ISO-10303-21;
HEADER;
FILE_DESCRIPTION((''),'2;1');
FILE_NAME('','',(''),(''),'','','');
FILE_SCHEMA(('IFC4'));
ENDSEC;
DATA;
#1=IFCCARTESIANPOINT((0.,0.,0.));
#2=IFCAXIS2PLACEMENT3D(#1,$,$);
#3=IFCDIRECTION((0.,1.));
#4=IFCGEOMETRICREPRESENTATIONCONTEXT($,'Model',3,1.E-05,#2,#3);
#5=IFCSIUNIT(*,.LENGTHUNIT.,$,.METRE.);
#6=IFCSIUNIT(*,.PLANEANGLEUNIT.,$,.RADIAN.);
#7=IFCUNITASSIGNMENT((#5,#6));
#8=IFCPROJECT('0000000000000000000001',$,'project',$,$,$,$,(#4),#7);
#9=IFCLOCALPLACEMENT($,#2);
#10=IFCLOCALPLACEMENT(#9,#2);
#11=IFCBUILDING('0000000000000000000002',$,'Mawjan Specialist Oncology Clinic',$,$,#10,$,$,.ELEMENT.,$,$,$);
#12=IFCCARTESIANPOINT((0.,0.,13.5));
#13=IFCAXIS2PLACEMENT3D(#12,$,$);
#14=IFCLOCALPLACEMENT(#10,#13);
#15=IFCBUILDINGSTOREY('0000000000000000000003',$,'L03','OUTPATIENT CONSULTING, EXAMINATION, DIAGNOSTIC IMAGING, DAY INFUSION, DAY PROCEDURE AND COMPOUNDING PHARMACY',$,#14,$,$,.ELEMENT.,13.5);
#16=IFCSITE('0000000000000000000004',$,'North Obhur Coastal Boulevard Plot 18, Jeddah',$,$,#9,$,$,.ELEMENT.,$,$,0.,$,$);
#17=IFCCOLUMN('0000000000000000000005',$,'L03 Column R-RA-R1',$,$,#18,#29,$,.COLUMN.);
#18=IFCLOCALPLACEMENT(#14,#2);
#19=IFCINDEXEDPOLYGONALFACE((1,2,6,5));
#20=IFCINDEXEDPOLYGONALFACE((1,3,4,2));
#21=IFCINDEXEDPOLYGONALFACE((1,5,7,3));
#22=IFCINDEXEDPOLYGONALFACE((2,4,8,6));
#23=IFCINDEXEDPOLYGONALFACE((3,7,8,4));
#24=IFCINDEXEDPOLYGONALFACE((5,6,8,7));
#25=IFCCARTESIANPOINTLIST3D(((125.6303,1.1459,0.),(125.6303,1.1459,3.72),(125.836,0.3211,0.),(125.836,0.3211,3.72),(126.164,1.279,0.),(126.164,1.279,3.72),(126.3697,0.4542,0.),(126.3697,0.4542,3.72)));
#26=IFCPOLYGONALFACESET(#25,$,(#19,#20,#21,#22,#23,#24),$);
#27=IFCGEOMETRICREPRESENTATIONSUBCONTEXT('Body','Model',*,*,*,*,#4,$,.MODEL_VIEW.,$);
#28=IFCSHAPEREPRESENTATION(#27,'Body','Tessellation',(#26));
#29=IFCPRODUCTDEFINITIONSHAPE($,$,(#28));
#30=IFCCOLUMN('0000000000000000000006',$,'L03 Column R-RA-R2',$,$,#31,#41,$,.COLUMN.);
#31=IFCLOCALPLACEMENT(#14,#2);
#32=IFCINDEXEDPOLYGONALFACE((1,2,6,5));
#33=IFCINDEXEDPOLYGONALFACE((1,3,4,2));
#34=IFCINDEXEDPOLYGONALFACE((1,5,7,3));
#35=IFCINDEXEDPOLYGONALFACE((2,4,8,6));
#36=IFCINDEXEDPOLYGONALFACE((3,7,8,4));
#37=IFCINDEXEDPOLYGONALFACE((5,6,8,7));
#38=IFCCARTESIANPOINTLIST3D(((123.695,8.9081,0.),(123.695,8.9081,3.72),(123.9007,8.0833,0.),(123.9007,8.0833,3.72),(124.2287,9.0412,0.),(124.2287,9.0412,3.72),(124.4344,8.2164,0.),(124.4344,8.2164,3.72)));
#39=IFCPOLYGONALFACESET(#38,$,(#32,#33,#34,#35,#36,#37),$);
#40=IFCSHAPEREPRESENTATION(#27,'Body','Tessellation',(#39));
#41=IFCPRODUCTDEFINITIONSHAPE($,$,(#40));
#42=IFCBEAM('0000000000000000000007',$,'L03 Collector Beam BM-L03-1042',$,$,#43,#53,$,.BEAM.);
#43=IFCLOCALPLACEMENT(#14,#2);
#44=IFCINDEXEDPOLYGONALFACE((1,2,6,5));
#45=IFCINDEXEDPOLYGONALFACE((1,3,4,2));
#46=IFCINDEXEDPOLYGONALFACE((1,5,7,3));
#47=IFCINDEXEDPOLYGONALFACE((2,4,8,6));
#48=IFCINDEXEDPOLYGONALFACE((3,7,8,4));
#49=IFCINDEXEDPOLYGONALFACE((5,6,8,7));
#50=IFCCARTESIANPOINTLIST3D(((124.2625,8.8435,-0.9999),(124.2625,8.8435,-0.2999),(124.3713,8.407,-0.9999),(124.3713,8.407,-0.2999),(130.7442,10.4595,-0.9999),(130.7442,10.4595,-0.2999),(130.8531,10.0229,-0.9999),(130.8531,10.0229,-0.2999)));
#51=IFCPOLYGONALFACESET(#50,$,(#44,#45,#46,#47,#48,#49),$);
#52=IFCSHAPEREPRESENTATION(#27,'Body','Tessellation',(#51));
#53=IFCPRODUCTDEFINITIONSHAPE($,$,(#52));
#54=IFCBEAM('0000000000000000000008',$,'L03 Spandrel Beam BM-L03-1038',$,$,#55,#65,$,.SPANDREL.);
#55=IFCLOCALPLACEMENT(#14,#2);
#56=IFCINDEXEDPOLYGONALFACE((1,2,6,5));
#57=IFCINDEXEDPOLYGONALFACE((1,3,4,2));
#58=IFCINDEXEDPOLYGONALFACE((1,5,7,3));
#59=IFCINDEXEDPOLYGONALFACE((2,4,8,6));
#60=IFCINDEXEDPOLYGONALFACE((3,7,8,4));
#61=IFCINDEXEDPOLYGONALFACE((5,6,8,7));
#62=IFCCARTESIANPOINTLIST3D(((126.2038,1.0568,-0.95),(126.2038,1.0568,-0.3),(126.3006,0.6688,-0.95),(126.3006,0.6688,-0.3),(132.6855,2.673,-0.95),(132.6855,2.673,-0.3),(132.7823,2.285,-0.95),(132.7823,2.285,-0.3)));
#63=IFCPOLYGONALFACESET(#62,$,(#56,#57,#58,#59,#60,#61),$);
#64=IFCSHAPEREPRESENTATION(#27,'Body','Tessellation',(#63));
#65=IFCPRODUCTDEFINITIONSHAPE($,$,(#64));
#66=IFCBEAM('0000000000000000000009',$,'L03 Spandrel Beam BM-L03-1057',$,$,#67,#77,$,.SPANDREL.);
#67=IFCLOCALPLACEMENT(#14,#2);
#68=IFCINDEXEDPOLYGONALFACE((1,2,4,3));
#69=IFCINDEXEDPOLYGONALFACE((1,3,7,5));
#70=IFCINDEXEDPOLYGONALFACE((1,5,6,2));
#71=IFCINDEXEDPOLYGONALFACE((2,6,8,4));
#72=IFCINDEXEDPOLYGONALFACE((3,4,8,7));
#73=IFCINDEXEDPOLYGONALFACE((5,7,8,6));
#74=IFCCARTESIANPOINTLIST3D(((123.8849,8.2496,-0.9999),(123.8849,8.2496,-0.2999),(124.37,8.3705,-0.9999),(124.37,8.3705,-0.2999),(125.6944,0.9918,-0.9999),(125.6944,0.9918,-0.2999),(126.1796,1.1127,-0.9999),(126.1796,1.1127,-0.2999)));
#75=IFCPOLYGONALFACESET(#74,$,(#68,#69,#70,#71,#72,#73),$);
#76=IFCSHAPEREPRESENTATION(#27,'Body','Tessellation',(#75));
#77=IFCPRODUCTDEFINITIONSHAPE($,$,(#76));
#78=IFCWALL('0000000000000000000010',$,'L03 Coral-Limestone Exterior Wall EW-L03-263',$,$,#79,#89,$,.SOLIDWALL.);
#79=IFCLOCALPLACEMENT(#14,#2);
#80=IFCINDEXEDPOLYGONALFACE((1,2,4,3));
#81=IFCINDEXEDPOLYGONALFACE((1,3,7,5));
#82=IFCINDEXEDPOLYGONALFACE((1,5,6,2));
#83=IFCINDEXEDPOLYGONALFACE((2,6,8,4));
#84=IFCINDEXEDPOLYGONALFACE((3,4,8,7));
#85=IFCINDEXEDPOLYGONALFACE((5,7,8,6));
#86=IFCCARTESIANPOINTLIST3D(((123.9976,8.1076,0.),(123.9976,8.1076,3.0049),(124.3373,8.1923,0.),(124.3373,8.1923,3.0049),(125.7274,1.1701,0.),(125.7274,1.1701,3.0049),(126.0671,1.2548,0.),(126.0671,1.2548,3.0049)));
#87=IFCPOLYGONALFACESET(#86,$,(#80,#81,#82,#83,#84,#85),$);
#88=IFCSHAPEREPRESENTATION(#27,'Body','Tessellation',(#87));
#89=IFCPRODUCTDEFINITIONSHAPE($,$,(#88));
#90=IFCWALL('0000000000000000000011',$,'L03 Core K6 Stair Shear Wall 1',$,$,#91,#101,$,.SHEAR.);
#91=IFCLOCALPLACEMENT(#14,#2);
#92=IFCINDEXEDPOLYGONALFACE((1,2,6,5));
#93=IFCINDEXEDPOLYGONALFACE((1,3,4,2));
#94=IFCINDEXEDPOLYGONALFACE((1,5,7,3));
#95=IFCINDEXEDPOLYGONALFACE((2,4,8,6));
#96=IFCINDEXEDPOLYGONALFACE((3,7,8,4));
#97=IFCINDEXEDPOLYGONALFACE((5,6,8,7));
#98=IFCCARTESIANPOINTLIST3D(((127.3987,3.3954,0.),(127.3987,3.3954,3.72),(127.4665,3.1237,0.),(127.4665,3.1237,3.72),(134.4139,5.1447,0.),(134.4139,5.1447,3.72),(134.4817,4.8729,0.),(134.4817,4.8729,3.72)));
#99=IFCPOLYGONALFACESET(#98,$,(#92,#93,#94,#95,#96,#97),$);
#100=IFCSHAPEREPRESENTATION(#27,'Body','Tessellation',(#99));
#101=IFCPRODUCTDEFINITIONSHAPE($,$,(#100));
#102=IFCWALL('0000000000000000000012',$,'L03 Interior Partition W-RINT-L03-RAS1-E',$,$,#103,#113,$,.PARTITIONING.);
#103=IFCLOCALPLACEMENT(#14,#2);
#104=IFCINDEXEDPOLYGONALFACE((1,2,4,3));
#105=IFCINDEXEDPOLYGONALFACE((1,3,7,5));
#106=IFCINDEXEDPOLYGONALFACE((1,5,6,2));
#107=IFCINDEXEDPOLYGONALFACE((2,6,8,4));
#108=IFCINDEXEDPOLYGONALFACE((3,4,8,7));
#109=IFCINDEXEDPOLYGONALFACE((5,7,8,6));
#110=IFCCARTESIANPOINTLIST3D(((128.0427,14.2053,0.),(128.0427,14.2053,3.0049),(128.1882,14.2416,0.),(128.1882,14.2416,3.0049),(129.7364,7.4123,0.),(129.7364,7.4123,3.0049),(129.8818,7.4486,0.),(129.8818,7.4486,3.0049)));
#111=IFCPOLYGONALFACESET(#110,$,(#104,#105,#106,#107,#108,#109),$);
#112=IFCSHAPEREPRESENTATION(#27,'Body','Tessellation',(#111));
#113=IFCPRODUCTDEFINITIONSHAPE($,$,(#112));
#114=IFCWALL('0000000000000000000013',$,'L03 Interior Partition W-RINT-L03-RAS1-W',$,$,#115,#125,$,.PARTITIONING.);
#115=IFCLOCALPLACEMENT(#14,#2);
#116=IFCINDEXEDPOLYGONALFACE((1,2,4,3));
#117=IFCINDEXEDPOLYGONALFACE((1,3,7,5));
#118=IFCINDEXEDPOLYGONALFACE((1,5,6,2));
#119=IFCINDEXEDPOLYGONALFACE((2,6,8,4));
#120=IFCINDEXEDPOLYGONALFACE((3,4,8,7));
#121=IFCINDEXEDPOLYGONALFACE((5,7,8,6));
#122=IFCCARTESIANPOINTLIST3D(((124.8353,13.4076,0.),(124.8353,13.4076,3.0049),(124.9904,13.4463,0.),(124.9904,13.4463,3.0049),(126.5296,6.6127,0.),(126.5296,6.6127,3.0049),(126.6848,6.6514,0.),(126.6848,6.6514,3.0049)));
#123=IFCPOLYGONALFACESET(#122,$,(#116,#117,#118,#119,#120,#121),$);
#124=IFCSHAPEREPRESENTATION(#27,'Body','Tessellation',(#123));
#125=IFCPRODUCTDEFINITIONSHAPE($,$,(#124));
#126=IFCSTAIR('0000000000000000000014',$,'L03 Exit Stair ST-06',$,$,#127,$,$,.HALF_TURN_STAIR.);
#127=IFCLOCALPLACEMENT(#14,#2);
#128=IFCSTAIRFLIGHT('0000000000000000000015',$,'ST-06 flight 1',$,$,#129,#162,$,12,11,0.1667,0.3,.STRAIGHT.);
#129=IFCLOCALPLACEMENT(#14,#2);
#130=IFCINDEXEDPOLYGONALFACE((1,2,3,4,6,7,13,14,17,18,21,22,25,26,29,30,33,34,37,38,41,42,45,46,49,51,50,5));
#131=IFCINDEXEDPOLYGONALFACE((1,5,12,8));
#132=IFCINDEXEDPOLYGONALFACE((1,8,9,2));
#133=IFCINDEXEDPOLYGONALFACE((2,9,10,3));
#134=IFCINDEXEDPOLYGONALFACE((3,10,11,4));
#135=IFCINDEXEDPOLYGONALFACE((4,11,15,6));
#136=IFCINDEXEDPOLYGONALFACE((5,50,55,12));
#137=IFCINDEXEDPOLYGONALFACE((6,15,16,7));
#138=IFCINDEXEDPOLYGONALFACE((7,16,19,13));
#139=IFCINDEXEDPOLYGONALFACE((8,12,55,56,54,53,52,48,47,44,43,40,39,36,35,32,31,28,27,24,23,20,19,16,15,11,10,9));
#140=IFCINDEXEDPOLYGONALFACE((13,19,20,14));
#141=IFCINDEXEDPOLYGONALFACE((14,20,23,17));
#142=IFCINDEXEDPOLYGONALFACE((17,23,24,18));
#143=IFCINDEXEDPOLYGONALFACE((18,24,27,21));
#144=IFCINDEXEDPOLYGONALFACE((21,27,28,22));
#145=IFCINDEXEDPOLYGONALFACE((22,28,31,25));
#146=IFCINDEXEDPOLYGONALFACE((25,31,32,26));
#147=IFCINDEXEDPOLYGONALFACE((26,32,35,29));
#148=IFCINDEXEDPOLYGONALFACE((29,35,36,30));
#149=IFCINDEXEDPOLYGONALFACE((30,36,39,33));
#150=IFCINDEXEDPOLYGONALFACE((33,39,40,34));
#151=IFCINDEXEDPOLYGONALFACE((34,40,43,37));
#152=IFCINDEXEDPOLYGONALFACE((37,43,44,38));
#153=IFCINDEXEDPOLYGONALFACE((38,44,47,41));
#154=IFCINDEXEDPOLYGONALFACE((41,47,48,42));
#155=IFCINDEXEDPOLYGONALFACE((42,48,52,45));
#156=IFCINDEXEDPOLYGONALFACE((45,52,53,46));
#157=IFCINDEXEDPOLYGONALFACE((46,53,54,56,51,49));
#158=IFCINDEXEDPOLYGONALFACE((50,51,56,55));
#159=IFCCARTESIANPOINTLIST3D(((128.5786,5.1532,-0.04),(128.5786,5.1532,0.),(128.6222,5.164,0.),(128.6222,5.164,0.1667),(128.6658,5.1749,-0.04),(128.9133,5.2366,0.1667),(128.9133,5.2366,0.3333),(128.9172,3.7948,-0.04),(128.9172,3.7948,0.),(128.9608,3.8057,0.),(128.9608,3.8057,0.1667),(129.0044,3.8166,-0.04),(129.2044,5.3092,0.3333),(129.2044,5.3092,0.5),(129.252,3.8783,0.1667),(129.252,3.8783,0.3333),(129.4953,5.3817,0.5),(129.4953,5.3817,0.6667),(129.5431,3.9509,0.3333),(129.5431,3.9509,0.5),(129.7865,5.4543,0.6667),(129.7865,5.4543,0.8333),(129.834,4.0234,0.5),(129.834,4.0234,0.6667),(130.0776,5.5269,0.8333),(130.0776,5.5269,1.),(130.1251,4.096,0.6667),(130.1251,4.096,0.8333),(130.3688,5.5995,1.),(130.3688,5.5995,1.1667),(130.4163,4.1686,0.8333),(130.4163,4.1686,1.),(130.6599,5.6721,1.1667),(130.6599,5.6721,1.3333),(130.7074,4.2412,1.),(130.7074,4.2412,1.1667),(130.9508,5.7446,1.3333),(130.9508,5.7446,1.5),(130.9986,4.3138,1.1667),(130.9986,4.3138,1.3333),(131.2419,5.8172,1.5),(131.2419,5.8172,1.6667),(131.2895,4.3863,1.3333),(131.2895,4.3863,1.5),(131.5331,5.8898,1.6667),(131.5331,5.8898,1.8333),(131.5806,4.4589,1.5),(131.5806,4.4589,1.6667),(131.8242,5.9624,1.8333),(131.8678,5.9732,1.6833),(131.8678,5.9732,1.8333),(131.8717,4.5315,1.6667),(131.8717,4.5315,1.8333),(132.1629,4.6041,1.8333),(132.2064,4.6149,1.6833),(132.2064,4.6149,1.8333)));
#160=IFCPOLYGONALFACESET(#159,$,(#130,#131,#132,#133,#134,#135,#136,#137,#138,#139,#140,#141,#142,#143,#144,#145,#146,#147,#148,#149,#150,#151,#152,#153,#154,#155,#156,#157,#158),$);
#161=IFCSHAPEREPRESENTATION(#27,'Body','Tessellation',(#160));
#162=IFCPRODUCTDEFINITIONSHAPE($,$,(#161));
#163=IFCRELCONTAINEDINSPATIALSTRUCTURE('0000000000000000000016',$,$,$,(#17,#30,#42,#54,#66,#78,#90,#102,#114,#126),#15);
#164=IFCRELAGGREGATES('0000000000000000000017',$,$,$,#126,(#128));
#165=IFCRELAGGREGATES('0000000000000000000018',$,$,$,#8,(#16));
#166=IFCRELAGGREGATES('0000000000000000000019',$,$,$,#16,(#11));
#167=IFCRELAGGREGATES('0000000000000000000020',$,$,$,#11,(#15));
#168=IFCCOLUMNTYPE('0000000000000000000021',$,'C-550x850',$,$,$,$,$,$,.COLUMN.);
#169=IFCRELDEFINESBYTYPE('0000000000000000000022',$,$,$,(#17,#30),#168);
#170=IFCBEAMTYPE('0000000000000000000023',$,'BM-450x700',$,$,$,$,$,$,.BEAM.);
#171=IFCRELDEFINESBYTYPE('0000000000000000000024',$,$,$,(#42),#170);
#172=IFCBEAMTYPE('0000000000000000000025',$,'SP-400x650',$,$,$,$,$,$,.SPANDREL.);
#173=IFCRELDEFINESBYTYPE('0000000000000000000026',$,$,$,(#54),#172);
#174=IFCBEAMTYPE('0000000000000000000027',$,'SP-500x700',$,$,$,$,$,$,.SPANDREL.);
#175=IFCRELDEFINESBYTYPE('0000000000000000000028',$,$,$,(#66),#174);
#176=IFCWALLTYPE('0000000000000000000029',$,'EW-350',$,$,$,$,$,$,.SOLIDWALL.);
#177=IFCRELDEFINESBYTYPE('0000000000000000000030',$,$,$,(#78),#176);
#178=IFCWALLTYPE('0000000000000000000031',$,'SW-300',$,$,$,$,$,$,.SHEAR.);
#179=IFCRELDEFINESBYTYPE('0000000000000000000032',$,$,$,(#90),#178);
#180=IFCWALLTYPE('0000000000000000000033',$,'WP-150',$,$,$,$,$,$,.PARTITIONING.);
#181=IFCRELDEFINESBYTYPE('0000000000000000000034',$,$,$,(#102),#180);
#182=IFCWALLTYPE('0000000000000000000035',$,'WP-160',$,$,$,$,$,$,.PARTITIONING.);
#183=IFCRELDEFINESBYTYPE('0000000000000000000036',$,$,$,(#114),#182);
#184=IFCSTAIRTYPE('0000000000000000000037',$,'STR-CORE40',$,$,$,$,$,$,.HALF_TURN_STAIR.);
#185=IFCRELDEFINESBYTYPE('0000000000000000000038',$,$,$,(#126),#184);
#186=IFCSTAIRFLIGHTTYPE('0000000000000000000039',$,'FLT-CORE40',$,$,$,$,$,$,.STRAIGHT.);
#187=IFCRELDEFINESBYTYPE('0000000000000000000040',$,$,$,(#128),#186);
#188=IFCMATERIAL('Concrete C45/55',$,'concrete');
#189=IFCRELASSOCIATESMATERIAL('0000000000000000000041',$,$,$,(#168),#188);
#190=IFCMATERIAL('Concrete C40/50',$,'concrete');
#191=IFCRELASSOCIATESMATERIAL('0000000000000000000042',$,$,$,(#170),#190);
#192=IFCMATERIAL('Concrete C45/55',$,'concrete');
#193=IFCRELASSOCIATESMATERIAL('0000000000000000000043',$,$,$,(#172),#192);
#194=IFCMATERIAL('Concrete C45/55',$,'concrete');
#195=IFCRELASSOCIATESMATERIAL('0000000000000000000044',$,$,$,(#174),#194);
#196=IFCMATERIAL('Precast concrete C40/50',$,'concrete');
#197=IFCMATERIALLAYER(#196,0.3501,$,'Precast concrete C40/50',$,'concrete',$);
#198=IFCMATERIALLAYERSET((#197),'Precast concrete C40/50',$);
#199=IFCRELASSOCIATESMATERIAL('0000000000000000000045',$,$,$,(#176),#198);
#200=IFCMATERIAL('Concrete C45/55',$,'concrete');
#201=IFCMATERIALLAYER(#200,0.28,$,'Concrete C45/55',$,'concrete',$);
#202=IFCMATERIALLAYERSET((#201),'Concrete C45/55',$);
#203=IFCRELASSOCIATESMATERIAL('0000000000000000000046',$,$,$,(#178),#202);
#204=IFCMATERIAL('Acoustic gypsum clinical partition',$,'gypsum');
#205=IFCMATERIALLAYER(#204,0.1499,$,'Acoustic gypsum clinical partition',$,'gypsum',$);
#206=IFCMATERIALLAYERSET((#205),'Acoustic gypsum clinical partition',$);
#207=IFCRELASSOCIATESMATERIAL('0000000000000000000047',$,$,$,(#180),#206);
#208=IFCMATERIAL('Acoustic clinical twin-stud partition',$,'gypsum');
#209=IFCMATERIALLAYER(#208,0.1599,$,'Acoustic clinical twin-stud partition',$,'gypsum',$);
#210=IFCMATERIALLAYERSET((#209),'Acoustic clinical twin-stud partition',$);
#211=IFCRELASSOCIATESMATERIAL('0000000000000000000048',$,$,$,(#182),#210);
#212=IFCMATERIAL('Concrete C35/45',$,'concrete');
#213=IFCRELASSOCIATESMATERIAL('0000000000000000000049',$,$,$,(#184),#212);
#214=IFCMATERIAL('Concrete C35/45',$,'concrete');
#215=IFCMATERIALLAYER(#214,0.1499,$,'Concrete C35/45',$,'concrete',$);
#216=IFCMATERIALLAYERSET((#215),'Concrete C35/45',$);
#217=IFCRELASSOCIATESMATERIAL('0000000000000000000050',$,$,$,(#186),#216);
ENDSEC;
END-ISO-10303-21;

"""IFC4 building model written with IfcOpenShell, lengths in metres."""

from ifc_helpers import new_model, si_unit, direction, frame, frame_2d, origin, origin_2d, place, context, subcontext, project, spatial, polyline, rectangle, outline, extrude, material, layer, layer_set, material_profile, profile_set, type_object, element, aggregate, save


model = new_model("IFC4")

# Units and contexts
model_context = context("Model", 3, precision=1e-05, world=origin(), true_north=direction((0.0, 1.0)))
body_context = subcontext(model_context, "Body", "Model", "MODEL_VIEW")
ifc_project = project(units=[si_unit("LENGTHUNIT", "METRE"), si_unit("PLANEANGLEUNIT", "RADIAN")], contexts=[model_context])

# Site, building, storey
site_placement = place(None, origin())
site = spatial("IfcSite", under=ifc_project, at=site_placement, Name="North Obhur Coastal Boulevard Plot 18, Jeddah", CompositionType="ELEMENT", RefElevation=0.0)
building_placement = place(site_placement, origin())
building = spatial("IfcBuilding", under=site, at=building_placement, Name="Mawjan Specialist Oncology Clinic", CompositionType="ELEMENT")
storey_placement = place(building_placement, frame((0.0, 0.0, 13.5)))
storey = spatial("IfcBuildingStorey", under=building, at=storey_placement, Name="L03", Description="OUTPATIENT CONSULTING, EXAMINATION, DIAGNOSTIC IMAGING, DAY INFUSION, DAY PROCEDURE AND COMPOUNDING PHARMACY", CompositionType="ELEMENT", Elevation=13.5)

# Columns
ifc_material_1 = material(Name="Concrete C45/55", Category="concrete")
ifc_material_profile_1 = material_profile(ifc_material_1, rectangle(XDim=0.55, YDim=0.8501, at=origin_2d()), Name="RC COL 550x850", Category="concrete")
ifc_profile_set_1 = profile_set([ifc_material_profile_1], Name="Concrete C45/55")
column_type = type_object("IfcColumnType", Name="C-550x850", PredefinedType="COLUMN", material=ifc_profile_set_1)
for number, where, z_axis, x_axis, name in (
    (1, (126.0, 0.8, 0.0), (0.0, 0.0, 1.0), (0.970296, 0.241922, 0.0), "L03 Column R-RA-R1"),
    (2, (124.0647, 8.5623, 0.0), (0.0, 0.0, 1.0), (0.970296, 0.241922, 0.0), "L03 Column R-RA-R2"),
):
    element("IfcColumn", number, at=place(storey_placement, frame(where, z_axis=z_axis, x_axis=x_axis)), inside=storey, type_object=column_type, Name=name, PredefinedType="COLUMN", context=body_context, shape_type="SweptSolid", body=[
        extrude(rectangle(XDim=0.55, YDim=0.8501, at=origin_2d()), origin(), (0.0, 0.0, 1.0), 3.72),
    ])

# Beams
ifc_material_2 = material(Name="Concrete C40/50", Category="concrete")
ifc_material_profile_2 = material_profile(ifc_material_2, rectangle(XDim=0.45, YDim=0.7, at=origin_2d()), Name="RC BM 450x700", Category="concrete")
ifc_profile_set_2 = profile_set([ifc_material_profile_2], Name="Concrete C40/50")
beam_type_1 = type_object("IfcBeamType", Name="BM-450x700", PredefinedType="BEAM", material=ifc_profile_set_2)
beam_1_placement = place(storey_placement, frame((124.3169, 8.6252, -0.6499), z_axis=(0.970299, 0.241908, 0.0), x_axis=(-0.241908, 0.970299, 0.0)))
element("IfcBeam", 3, at=beam_1_placement, inside=storey, type_object=beam_type_1, Name="L03 Collector Beam BM-L03-1042", PredefinedType="BEAM", context=body_context, shape_type="SweptSolid", body=[
    extrude(rectangle(XDim=0.45, YDim=0.7, at=origin_2d()), origin(), (0.0, 0.0, 1.0), 6.6802),
])
ifc_material_3 = material(Name="Concrete C45/55", Category="concrete")
ifc_material_profile_3 = material_profile(ifc_material_3, rectangle(XDim=0.3999, YDim=0.6499, at=origin_2d()), Name="RC BM 400x650", Category="concrete")
ifc_profile_set_3 = profile_set([ifc_material_profile_3], Name="Concrete C45/55")
beam_type_2 = type_object("IfcBeamType", Name="SP-400x650", PredefinedType="SPANDREL", material=ifc_profile_set_3)
beam_2_placement = place(storey_placement, frame((126.2522, 0.8628, -0.625), z_axis=(0.970291, 0.241942, 0.0), x_axis=(-0.241942, 0.970291, 0.0)))
element("IfcBeam", 4, at=beam_2_placement, inside=storey, type_object=beam_type_2, Name="L03 Spandrel Beam BM-L03-1038", PredefinedType="SPANDREL", context=body_context, shape_type="SweptSolid", body=[
    extrude(rectangle(XDim=0.3999, YDim=0.6499, at=origin_2d()), origin(), (0.0, 0.0, 1.0), 6.6802),
])
ifc_material_4 = material(Name="Concrete C45/55", Category="concrete")
ifc_material_profile_4 = material_profile(ifc_material_4, rectangle(XDim=0.5, YDim=0.7, at=origin_2d()), Name="RC BM 500x700", Category="concrete")
ifc_profile_set_4 = profile_set([ifc_material_profile_4], Name="Concrete C45/55")
beam_type_3 = type_object("IfcBeamType", Name="SP-500x700", PredefinedType="SPANDREL", material=ifc_profile_set_4)
beam_3_placement = place(storey_placement, frame((125.937, 1.0522, -0.6499), z_axis=(-0.241921, 0.970296, 0.0), x_axis=(-0.970296, -0.241921, 0.0)))
element("IfcBeam", 5, at=beam_3_placement, inside=storey, type_object=beam_type_3, Name="L03 Spandrel Beam BM-L03-1057", PredefinedType="SPANDREL", context=body_context, shape_type="SweptSolid", body=[
    extrude(rectangle(XDim=0.5, YDim=0.7, at=origin_2d()), origin(), (0.0, 0.0, 1.0), 7.48),
])

# Walls
ifc_material_5 = material(Name="Precast concrete C40/50", Category="concrete")
ifc_layer_1 = layer(ifc_material_5, 0.3501, Name="Precast concrete C40/50", Category="concrete")
ifc_layer_set_1 = layer_set([ifc_layer_1], Name="Precast concrete C40/50")
wall_type_1 = type_object("IfcWallType", Name="EW-350", PredefinedType="SOLIDWALL", material=ifc_layer_set_1)
wall_1_placement = place(storey_placement, frame((125.8972, 1.2124, 0.0), z_axis=(0.0, 0.0, 1.0), x_axis=(-0.241925, 0.970295, 0.0)))
element("IfcWall", 6, at=wall_1_placement, inside=storey, type_object=wall_type_1, Name="L03 Coral-Limestone Exterior Wall EW-L03-263", PredefinedType="SOLIDWALL", context=body_context, shape_type="SweptSolid", body=[
    extrude(rectangle(XDim=7.1499, YDim=0.3501, at=frame_2d((3.575, 0.0))), origin(), (0.0, 0.0, 1.0), 3.0049),
])
ifc_material_6 = material(Name="Concrete C45/55", Category="concrete")
ifc_layer_2 = layer(ifc_material_6, 0.28, Name="Concrete C45/55", Category="concrete")
ifc_layer_set_2 = layer_set([ifc_layer_2], Name="Concrete C45/55")
wall_type_2 = type_object("IfcWallType", Name="SW-300", PredefinedType="SHEAR", material=ifc_layer_set_2)
wall_2_placement = place(storey_placement, frame((127.4326, 3.2595, 0.0), z_axis=(0.0, 0.0, 1.0), x_axis=(0.970289, 0.241948, 0.0)))
element("IfcWall", 7, at=wall_2_placement, inside=storey, type_object=wall_type_2, Name="L03 Core K6 Stair Shear Wall 1", PredefinedType="SHEAR", context=body_context, shape_type="SweptSolid", body=[
    extrude(rectangle(XDim=7.23, YDim=0.28, at=frame_2d((3.615, 0.0))), origin(), (0.0, 0.0, 1.0), 3.72),
])

# Walls
ifc_material_7 = material(Name="Acoustic gypsum clinical partition", Category="gypsum")
ifc_layer_3 = layer(ifc_material_7, 0.1499, Name="Acoustic gypsum clinical partition", Category="gypsum")
ifc_layer_set_3 = layer_set([ifc_layer_3], Name="Acoustic gypsum clinical partition")
wall_type_3 = type_object("IfcWallType", Name="WP-150", PredefinedType="PARTITIONING", material=ifc_layer_set_3)
wall_3_placement = place(storey_placement, frame((129.8091, 7.4304, 0.0), z_axis=(0.0, 0.0, 1.0), x_axis=(-0.241912, 0.970298, 0.0)))
element("IfcWall", 8, at=wall_3_placement, inside=storey, type_object=wall_type_3, Name="L03 Interior Partition W-RINT-L03-RAS1-E", PredefinedType="PARTITIONING", context=body_context, shape_type="SweptSolid", body=[
    extrude(rectangle(XDim=7.001, YDim=0.1499, at=frame_2d((3.5005, 0.0))), origin(), (0.0, 0.0, 1.0), 3.0049),
])
ifc_material_8 = material(Name="Acoustic clinical twin-stud partition", Category="gypsum")
ifc_layer_4 = layer(ifc_material_8, 0.1599, Name="Acoustic clinical twin-stud partition", Category="gypsum")
ifc_layer_set_4 = layer_set([ifc_layer_4], Name="Acoustic clinical twin-stud partition")
wall_type_4 = type_object("IfcWallType", Name="WP-160", PredefinedType="PARTITIONING", material=ifc_layer_set_4)
wall_4_placement = place(storey_placement, frame((126.6072, 6.6321, 0.0), z_axis=(0.0, 0.0, 1.0), x_axis=(-0.241945, 0.97029, 0.0)))
element("IfcWall", 9, at=wall_4_placement, inside=storey, type_object=wall_type_4, Name="L03 Interior Partition W-RINT-L03-RAS1-W", PredefinedType="PARTITIONING", context=body_context, shape_type="SweptSolid", body=[
    extrude(rectangle(XDim=7.0029, YDim=0.1599, at=frame_2d((3.5015, 0.0))), origin(), (0.0, 0.0, 1.0), 3.0049),
])

# Stair, stair flight
ifc_material_9 = material(Name="Concrete C35/45", Category="concrete")
stair_type = type_object("IfcStairType", Name="STR-CORE40", PredefinedType="HALF_TURN_STAIR", material=ifc_material_9)
stair_placement = place(storey_placement, origin())
stair = element("IfcStair", 10, at=stair_placement, inside=storey, type_object=stair_type, Name="L03 Exit Stair ST-06", PredefinedType="HALF_TURN_STAIR")
ifc_material_10 = material(Name="Concrete C35/45", Category="concrete")
ifc_layer_5 = layer(ifc_material_10, 0.1499, Name="Concrete C35/45", Category="concrete")
ifc_layer_set_5 = layer_set([ifc_layer_5], Name="Concrete C35/45")
stair_flight_type = type_object("IfcStairFlightType", Name="FLT-CORE40", PredefinedType="STRAIGHT", material=ifc_layer_set_5)
stair_flight_1_placement = place(storey_placement, frame((128.7915, 4.4849, 0.0), z_axis=(0.0, 0.0, 1.0), x_axis=(0.970296, 0.241922, 0.0)))
stair_flight_1 = element("IfcStairFlight", 11, at=stair_flight_1_placement, type_object=stair_flight_type, Name="ST-06 flight 1", NumberOfRisers=12, NumberOfTreads=11, PredefinedType="STRAIGHT", RiserHeight=0.1667, TreadLength=0.3, context=body_context, shape_type="SweptSolid", body=[
    extrude(outline(polyline([(-0.0449, -0.04), (-0.0449, 0.0), (0.0, 0.0), (0.0, 0.1667), (0.3, 0.1667), (0.3, 0.3333), (0.6001, 0.3333), (0.6001, 0.5), (0.8999, 0.5), (0.8999, 0.6667), (1.2, 0.6667), (1.2, 0.8333), (1.5, 0.8333), (1.5, 1.0), (1.8, 1.0), (1.8, 1.1667), (2.1001, 1.1667), (2.1001, 1.3333), (2.3999, 1.3333), (2.3999, 1.5), (2.7, 1.5), (2.7, 1.6667), (3.0, 1.6667), (3.0, 1.8333), (3.3, 1.8333), (3.345, 1.8333), (3.345, 1.6833), (0.0449, -0.04), (-0.0449, -0.04)])), frame((0.0, 0.7, 0.0), z_axis=(0.0, -1.0, 0.0), x_axis=(1.0, 0.0, 0.0)), (0.0, 0.0, 1.0), 1.3999),
])
aggregate(stair, [stair_flight_1])

save(model, "model.ifc")
